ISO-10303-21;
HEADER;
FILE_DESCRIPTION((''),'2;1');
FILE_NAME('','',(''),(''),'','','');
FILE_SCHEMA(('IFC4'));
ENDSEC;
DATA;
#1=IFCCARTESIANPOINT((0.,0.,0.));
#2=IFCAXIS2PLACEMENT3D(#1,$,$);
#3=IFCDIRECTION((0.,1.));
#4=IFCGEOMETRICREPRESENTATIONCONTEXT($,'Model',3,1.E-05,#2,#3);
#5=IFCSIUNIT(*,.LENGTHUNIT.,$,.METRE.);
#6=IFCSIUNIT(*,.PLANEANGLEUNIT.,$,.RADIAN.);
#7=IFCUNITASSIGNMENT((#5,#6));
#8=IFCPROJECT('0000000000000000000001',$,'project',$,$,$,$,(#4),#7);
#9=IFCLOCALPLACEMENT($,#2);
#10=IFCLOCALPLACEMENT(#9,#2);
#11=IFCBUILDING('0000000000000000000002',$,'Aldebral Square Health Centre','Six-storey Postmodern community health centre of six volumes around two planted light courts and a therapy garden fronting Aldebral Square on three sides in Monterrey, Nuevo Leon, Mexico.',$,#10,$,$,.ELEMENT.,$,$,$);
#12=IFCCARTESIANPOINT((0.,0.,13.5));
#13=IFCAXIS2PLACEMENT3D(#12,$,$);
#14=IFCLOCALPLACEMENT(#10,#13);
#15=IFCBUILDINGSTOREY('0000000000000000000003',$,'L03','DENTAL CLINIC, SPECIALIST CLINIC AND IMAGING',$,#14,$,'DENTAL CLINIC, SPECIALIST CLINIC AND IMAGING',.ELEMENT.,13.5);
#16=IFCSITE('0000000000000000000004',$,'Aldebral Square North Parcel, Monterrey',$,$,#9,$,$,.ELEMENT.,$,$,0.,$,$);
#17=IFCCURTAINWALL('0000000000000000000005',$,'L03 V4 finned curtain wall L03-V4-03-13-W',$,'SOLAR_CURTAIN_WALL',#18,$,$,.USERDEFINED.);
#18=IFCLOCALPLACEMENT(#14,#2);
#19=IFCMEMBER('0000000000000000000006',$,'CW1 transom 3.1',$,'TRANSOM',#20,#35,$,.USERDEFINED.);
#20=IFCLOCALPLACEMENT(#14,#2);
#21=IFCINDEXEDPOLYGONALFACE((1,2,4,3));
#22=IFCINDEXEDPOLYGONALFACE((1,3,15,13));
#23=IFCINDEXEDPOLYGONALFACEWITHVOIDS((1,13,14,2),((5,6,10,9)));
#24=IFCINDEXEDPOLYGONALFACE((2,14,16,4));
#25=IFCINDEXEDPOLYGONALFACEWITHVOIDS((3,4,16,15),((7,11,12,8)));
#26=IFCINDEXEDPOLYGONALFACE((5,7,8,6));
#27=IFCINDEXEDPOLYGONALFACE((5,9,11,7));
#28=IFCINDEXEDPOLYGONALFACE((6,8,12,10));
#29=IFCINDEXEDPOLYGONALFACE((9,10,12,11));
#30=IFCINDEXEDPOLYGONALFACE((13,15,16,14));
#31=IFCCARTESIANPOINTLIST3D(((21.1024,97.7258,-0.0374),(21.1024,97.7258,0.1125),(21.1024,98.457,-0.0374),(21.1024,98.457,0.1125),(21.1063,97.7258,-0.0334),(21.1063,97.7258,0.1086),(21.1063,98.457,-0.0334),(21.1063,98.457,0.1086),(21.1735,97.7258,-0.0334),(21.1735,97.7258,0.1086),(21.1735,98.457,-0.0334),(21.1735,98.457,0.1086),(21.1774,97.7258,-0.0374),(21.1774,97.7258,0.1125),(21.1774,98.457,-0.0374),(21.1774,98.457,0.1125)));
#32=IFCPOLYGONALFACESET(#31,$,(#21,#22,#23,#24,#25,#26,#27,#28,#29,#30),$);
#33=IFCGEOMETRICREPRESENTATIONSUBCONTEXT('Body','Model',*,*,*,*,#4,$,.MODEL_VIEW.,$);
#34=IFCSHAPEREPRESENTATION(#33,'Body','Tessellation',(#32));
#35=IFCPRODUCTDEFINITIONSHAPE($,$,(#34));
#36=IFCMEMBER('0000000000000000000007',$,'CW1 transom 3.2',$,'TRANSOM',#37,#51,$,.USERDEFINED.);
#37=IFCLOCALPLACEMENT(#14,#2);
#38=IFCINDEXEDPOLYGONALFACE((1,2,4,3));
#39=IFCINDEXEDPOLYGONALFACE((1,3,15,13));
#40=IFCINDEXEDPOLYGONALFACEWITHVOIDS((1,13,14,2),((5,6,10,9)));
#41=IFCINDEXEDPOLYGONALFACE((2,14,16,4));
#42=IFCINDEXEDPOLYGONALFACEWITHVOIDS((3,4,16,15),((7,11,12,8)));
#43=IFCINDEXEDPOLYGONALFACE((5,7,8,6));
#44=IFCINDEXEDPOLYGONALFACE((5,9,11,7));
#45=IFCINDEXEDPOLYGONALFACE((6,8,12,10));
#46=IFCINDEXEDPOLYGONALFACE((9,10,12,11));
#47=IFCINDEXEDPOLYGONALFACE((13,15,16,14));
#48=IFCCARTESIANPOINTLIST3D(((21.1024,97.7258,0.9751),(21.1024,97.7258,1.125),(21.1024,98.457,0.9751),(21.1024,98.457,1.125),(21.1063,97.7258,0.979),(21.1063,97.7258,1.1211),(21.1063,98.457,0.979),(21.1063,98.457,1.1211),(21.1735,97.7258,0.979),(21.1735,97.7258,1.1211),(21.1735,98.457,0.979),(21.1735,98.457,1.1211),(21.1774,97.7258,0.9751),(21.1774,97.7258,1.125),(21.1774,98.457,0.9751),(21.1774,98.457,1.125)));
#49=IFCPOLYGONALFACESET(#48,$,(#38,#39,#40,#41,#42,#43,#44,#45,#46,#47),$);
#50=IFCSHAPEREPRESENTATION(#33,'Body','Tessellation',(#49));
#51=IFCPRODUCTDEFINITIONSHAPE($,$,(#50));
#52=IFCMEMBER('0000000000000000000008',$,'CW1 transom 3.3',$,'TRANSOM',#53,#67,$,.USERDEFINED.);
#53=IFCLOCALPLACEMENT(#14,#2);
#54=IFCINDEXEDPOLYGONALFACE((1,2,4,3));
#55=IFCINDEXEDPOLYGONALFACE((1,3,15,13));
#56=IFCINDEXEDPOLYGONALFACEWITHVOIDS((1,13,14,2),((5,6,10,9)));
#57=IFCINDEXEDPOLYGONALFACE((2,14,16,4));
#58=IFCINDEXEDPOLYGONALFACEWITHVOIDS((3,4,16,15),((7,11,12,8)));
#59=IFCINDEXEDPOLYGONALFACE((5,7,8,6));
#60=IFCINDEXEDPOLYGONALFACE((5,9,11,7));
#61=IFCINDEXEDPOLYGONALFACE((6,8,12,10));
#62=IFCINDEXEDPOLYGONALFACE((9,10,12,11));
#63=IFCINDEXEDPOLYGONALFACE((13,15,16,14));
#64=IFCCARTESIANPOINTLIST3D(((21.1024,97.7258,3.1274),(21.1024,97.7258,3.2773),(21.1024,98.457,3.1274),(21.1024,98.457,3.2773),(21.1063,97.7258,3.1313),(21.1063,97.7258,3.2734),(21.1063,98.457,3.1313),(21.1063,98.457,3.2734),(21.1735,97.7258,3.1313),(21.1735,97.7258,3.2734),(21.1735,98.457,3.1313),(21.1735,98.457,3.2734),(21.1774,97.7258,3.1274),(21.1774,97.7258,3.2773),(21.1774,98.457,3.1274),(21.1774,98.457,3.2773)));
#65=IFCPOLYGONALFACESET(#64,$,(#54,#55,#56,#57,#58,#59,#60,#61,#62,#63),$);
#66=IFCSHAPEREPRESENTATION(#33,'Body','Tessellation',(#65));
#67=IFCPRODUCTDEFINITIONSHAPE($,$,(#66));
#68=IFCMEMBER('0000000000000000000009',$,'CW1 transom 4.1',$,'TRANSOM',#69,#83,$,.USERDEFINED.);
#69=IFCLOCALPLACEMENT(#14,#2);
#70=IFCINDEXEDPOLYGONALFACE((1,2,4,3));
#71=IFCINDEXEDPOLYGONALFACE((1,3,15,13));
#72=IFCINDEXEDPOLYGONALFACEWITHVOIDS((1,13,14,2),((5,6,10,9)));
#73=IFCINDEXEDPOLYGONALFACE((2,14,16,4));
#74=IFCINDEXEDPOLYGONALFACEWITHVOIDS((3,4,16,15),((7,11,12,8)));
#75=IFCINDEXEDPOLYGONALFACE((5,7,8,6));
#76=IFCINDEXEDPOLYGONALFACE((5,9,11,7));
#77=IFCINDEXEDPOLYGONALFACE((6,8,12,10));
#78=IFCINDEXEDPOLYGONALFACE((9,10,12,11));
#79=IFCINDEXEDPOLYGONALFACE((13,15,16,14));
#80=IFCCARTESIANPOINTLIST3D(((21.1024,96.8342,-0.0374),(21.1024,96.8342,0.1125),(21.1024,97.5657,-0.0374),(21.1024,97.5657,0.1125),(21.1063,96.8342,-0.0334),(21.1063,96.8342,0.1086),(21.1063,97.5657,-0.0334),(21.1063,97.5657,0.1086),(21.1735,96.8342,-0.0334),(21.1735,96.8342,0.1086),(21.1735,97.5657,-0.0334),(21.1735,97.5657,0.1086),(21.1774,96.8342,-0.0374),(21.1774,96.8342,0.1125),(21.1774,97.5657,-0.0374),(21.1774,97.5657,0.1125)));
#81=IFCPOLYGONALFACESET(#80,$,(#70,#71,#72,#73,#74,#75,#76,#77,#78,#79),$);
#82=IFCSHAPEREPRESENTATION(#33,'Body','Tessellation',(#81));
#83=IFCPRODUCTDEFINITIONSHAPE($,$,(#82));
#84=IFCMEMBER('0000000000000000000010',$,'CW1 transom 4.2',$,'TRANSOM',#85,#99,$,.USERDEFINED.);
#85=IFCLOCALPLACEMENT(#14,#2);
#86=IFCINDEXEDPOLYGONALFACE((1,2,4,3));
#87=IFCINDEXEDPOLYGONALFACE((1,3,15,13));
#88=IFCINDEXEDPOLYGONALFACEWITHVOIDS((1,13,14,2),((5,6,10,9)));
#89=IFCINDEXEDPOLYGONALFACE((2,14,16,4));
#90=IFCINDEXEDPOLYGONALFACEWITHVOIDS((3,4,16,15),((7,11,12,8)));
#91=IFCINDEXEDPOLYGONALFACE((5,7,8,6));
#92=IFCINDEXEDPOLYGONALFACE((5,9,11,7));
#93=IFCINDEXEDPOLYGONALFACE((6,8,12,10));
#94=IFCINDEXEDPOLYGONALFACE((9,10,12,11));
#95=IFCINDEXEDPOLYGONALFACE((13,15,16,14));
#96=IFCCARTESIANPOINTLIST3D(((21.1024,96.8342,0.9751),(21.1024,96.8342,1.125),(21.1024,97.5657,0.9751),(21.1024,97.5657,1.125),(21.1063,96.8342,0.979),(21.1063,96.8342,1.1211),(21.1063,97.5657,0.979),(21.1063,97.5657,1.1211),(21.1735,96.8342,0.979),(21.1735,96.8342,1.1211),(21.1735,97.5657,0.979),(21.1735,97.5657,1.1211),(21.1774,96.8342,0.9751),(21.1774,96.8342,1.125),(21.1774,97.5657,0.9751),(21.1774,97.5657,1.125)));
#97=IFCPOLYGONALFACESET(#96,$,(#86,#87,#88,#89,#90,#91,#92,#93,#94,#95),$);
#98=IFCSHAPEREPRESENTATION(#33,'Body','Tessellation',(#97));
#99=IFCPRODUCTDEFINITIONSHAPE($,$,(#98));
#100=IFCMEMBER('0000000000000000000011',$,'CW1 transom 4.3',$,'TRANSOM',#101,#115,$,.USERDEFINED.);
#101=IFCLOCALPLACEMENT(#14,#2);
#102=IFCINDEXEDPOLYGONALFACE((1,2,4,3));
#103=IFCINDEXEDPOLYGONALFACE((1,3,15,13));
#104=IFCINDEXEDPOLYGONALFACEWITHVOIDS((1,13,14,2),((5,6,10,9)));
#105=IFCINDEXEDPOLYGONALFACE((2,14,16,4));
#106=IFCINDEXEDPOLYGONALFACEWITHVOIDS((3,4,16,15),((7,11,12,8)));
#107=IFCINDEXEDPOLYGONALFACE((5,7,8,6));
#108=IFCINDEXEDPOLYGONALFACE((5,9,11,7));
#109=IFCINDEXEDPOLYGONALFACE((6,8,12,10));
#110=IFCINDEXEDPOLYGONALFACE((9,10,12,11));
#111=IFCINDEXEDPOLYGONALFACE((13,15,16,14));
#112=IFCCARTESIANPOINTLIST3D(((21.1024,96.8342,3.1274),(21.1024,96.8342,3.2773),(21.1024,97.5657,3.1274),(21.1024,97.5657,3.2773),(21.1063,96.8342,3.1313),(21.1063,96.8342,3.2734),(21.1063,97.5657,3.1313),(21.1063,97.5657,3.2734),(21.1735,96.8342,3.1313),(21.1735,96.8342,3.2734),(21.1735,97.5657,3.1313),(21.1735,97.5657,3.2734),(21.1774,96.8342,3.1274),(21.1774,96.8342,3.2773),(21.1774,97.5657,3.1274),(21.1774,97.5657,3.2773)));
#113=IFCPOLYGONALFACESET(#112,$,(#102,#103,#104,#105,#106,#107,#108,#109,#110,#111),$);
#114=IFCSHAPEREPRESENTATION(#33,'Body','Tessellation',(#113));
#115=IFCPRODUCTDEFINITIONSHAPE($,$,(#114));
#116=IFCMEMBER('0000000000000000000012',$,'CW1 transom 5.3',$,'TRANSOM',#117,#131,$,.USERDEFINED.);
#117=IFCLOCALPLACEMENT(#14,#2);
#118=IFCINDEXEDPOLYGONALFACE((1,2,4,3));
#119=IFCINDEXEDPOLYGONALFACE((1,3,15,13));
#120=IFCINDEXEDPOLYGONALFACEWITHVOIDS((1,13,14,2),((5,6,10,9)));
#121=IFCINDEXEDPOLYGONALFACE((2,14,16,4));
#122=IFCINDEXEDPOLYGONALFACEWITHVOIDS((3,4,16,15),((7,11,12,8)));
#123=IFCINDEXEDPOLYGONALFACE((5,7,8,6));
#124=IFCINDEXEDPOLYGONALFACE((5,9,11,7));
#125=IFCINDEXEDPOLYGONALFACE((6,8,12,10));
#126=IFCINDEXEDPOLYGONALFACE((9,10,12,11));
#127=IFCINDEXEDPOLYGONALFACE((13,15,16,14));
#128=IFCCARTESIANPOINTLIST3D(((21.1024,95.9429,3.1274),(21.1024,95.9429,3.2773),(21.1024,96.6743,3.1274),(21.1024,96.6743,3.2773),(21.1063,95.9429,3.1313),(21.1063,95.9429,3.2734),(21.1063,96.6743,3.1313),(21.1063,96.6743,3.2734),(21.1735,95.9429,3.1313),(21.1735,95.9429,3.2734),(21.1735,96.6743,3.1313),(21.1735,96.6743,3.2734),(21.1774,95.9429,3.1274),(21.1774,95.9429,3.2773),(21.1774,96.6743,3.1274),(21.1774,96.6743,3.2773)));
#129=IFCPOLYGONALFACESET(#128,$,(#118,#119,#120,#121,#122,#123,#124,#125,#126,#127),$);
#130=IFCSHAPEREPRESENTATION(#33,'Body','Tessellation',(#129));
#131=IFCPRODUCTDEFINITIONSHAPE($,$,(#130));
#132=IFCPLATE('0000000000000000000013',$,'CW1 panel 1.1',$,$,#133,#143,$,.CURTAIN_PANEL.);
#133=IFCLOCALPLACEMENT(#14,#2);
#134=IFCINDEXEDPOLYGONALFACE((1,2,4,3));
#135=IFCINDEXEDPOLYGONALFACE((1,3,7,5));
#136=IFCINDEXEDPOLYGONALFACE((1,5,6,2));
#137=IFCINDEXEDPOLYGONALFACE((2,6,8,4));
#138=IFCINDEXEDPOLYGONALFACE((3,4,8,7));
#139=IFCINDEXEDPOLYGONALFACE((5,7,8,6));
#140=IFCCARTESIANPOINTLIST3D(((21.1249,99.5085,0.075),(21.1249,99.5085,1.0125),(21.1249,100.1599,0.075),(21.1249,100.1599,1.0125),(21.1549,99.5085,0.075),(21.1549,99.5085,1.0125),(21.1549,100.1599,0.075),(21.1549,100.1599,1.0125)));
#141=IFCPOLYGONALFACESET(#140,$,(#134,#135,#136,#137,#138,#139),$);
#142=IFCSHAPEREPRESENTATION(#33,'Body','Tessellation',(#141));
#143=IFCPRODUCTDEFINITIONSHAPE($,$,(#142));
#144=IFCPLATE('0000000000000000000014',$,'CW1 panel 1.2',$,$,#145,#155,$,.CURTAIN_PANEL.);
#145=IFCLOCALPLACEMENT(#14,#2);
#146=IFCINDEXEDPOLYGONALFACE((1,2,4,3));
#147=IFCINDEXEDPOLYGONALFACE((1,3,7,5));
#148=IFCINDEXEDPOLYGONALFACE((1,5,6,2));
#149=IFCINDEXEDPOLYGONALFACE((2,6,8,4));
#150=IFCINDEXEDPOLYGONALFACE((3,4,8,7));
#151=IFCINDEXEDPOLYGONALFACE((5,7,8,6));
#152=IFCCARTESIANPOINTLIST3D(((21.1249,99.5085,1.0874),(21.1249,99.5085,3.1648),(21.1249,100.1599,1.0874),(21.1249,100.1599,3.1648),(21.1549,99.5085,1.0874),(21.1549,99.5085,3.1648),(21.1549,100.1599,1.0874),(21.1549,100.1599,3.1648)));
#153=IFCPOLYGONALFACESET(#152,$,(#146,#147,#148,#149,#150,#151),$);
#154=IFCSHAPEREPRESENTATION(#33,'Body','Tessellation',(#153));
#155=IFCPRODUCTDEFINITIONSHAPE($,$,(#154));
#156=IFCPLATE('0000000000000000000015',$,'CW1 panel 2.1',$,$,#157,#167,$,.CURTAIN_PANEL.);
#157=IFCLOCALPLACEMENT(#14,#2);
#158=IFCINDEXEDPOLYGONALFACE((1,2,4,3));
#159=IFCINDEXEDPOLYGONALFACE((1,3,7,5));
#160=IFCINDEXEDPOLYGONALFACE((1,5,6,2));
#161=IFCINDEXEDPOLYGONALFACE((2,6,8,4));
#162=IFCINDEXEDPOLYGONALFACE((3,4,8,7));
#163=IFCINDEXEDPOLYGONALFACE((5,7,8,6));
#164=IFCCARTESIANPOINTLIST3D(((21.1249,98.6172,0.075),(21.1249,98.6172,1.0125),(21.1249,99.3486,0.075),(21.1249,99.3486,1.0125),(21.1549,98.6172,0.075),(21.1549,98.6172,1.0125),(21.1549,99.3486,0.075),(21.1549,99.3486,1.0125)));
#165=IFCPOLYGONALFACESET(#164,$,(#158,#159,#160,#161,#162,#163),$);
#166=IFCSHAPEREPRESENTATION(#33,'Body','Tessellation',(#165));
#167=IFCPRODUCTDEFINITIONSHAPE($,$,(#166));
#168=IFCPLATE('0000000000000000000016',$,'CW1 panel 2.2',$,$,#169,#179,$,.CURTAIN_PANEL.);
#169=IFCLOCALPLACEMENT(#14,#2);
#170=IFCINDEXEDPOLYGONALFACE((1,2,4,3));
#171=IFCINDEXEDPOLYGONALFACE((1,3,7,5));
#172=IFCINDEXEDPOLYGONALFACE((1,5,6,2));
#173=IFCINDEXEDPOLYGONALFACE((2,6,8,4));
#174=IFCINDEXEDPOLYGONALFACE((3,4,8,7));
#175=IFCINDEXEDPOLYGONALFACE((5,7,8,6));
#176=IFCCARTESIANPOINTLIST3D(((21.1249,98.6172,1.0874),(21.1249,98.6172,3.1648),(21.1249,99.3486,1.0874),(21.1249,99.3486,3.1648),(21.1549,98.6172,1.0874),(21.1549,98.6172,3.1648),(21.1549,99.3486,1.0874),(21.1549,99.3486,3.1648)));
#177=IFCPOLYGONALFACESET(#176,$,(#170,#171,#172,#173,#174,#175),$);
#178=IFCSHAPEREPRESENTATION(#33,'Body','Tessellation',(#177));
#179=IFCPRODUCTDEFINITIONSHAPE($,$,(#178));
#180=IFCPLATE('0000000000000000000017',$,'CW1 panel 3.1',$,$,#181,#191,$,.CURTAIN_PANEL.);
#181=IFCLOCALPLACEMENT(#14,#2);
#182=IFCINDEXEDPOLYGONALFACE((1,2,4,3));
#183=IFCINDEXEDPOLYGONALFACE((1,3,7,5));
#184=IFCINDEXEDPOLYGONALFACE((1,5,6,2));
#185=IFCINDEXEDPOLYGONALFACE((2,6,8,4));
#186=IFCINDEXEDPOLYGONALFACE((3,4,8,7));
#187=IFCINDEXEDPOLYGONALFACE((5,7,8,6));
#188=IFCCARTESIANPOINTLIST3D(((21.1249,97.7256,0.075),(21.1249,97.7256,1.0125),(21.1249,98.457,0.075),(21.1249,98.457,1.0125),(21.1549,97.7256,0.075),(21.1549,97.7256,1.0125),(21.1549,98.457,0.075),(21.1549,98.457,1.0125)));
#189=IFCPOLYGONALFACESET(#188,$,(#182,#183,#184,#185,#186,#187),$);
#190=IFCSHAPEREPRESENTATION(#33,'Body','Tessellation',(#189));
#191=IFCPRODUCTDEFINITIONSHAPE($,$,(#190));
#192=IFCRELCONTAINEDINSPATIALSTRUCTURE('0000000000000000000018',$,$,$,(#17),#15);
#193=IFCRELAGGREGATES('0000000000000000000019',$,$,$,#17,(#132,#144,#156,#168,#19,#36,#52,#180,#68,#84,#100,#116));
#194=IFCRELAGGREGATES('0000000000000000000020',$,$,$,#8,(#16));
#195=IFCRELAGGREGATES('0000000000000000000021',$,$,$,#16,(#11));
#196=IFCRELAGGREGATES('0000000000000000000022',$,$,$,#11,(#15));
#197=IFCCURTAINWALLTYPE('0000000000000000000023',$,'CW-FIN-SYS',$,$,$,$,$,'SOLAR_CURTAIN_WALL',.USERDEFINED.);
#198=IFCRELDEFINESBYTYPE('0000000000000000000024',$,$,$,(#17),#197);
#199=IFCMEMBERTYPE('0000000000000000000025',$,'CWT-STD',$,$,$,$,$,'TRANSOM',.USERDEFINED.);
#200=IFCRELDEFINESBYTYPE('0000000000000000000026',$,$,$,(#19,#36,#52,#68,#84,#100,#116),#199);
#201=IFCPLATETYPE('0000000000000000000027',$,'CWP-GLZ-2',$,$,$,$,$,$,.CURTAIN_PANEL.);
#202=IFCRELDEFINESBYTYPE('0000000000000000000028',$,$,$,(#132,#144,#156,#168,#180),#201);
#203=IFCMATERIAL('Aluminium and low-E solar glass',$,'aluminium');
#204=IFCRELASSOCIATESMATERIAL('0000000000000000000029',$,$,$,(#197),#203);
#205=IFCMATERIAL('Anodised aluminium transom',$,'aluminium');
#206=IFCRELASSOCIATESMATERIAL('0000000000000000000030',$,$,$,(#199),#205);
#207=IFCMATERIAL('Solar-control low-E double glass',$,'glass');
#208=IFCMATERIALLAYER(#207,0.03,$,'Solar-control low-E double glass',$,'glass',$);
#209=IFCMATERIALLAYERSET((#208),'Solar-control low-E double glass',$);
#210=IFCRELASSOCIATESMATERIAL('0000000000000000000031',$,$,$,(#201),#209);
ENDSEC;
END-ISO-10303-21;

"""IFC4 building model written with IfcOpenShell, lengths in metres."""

from ifc_helpers import new_model, si_unit, direction, frame, origin, origin_2d, place, context, subcontext, project, spatial, rectangle, hollow_rectangle, extrude, material, layer, layer_set, material_profile, profile_set, type_object, element, aggregate, save


model = new_model("IFC4")

# Units and contexts
model_context = context("Model", 3, precision=1e-05, world=origin(), true_north=direction((0.0, 1.0)))
body_context = subcontext(model_context, "Body", "Model", "MODEL_VIEW")
ifc_project = project(units=[si_unit("LENGTHUNIT", "METRE"), si_unit("PLANEANGLEUNIT", "RADIAN")], contexts=[model_context])

# Site, building, storey
site_placement = place(None, origin())
site = spatial("IfcSite", under=ifc_project, at=site_placement, Name="Aldebral Square North Parcel, Monterrey", CompositionType="ELEMENT", RefElevation=0.0)
building_placement = place(site_placement, origin())
building = spatial("IfcBuilding", under=site, at=building_placement, Name="Aldebral Square Health Centre", Description="Six-storey Postmodern community health centre of six volumes around two planted light courts and a therapy garden fronting Aldebral Square on three sides in Monterrey, Nuevo Leon, Mexico.", CompositionType="ELEMENT")
storey_placement = place(building_placement, frame((0.0, 0.0, 13.5)))
storey = spatial("IfcBuildingStorey", under=building, at=storey_placement, Name="L03", Description="DENTAL CLINIC, SPECIALIST CLINIC AND IMAGING", LongName="DENTAL CLINIC, SPECIALIST CLINIC AND IMAGING", CompositionType="ELEMENT", Elevation=13.5)

# Curtain wall, members, plates
ifc_material_1 = material(Name="Aluminium and low-E solar glass", Category="aluminium")
curtain_wall_type = type_object("IfcCurtainWallType", Name="CW-FIN-SYS", ElementType="SOLAR_CURTAIN_WALL", PredefinedType="USERDEFINED", material=ifc_material_1)
curtain_wall_placement = place(storey_placement, origin())
curtain_wall = element("IfcCurtainWall", 1, at=curtain_wall_placement, inside=storey, type_object=curtain_wall_type, Name="L03 V4 finned curtain wall L03-V4-03-13-W", ObjectType="SOLAR_CURTAIN_WALL", PredefinedType="USERDEFINED")
ifc_material_2 = material(Name="Anodised aluminium transom", Category="aluminium")
ifc_material_profile_1 = material_profile(ifc_material_2, hollow_rectangle(XDim=0.075, YDim=0.1499, WallThickness=0.0039, at=origin_2d()), Name="CWT 75x150x4")
ifc_profile_set_1 = profile_set([ifc_material_profile_1], Name="Anodised aluminium transom")
member_type_1 = type_object("IfcMemberType", Name="CWT-STD", ElementType="TRANSOM", PredefinedType="USERDEFINED", material=ifc_profile_set_1)
member_1_placement = place(storey_placement, frame((21.1399, 98.457, 0.0376), z_axis=(0.0, -1.0, 0.0), x_axis=(1.0, 0.0, 0.0)))
member_1 = element("IfcMember", 2, at=member_1_placement, type_object=member_type_1, Name="CW1 transom 3.1", ObjectType="TRANSOM", PredefinedType="USERDEFINED", context=body_context, shape_type="SweptSolid", body=[
    extrude(hollow_rectangle(XDim=0.075, YDim=0.1499, WallThickness=0.0039, at=origin_2d()), origin(), (0.0, 0.0, 1.0), 0.7312),
])
member_2_placement = place(storey_placement, frame((21.1399, 98.457, 1.05), z_axis=(0.0, -1.0, 0.0), x_axis=(1.0, 0.0, 0.0)))
member_2 = element("IfcMember", 3, at=member_2_placement, type_object=member_type_1, Name="CW1 transom 3.2", ObjectType="TRANSOM", PredefinedType="USERDEFINED", context=body_context, shape_type="SweptSolid", body=[
    extrude(hollow_rectangle(XDim=0.075, YDim=0.1499, WallThickness=0.0039, at=origin_2d()), origin(), (0.0, 0.0, 1.0), 0.7312),
])
member_3_placement = place(storey_placement, frame((21.1399, 98.457, 3.2024), z_axis=(0.0, -1.0, 0.0), x_axis=(1.0, 0.0, 0.0)))
member_3 = element("IfcMember", 4, at=member_3_placement, type_object=member_type_1, Name="CW1 transom 3.3", ObjectType="TRANSOM", PredefinedType="USERDEFINED", context=body_context, shape_type="SweptSolid", body=[
    extrude(hollow_rectangle(XDim=0.075, YDim=0.1499, WallThickness=0.0039, at=origin_2d()), origin(), (0.0, 0.0, 1.0), 0.7312),
])
member_4_placement = place(storey_placement, frame((21.1399, 97.5657, 0.0376), z_axis=(0.0, -1.0, 0.0), x_axis=(1.0, 0.0, 0.0)))
member_4 = element("IfcMember", 5, at=member_4_placement, type_object=member_type_1, Name="CW1 transom 4.1", ObjectType="TRANSOM", PredefinedType="USERDEFINED", context=body_context, shape_type="SweptSolid", body=[
    extrude(hollow_rectangle(XDim=0.075, YDim=0.1499, WallThickness=0.0039, at=origin_2d()), origin(), (0.0, 0.0, 1.0), 0.7314),
])
member_5_placement = place(storey_placement, frame((21.1399, 97.5657, 1.05), z_axis=(0.0, -1.0, 0.0), x_axis=(1.0, 0.0, 0.0)))
member_5 = element("IfcMember", 6, at=member_5_placement, type_object=member_type_1, Name="CW1 transom 4.2", ObjectType="TRANSOM", PredefinedType="USERDEFINED", context=body_context, shape_type="SweptSolid", body=[
    extrude(hollow_rectangle(XDim=0.075, YDim=0.1499, WallThickness=0.0039, at=origin_2d()), origin(), (0.0, 0.0, 1.0), 0.7314),
])
member_6_placement = place(storey_placement, frame((21.1399, 97.5657, 3.2024), z_axis=(0.0, -1.0, 0.0), x_axis=(1.0, 0.0, 0.0)))
member_6 = element("IfcMember", 7, at=member_6_placement, type_object=member_type_1, Name="CW1 transom 4.3", ObjectType="TRANSOM", PredefinedType="USERDEFINED", context=body_context, shape_type="SweptSolid", body=[
    extrude(hollow_rectangle(XDim=0.075, YDim=0.1499, WallThickness=0.0039, at=origin_2d()), origin(), (0.0, 0.0, 1.0), 0.7314),
])
member_7_placement = place(storey_placement, frame((21.1399, 96.6743, 3.2024), z_axis=(0.0, -1.0, 0.0), x_axis=(1.0, 0.0, 0.0)))
member_7 = element("IfcMember", 8, at=member_7_placement, type_object=member_type_1, Name="CW1 transom 5.3", ObjectType="TRANSOM", PredefinedType="USERDEFINED", context=body_context, shape_type="SweptSolid", body=[
    extrude(hollow_rectangle(XDim=0.075, YDim=0.1499, WallThickness=0.0039, at=origin_2d()), origin(), (0.0, 0.0, 1.0), 0.7314),
])
ifc_material_3 = material(Name="Solar-control low-E double glass", Category="glass")
ifc_layer = layer(ifc_material_3, 0.03, Name="Solar-control low-E double glass", Category="glass")
ifc_layer_set = layer_set([ifc_layer], Name="Solar-control low-E double glass")
plate_type = type_object("IfcPlateType", Name="CWP-GLZ-2", PredefinedType="CURTAIN_PANEL", material=ifc_layer_set)
plate_1_placement = place(storey_placement, frame((21.1399, 99.8342, 0.075), z_axis=(0.0, 0.0, 1.0), x_axis=(0.0, -1.0, 0.0)))
plate_1 = element("IfcPlate", 9, at=plate_1_placement, type_object=plate_type, Name="CW1 panel 1.1", PredefinedType="CURTAIN_PANEL", context=body_context, shape_type="SweptSolid", body=[
    extrude(rectangle(XDim=0.6514, YDim=0.03, at=origin_2d()), origin(), (0.0, 0.0, 1.0), 0.9375),
])
plate_2_placement = place(storey_placement, frame((21.1399, 99.8342, 1.0874), z_axis=(0.0, 0.0, 1.0), x_axis=(0.0, -1.0, 0.0)))
plate_2 = element("IfcPlate", 10, at=plate_2_placement, type_object=plate_type, Name="CW1 panel 1.2", PredefinedType="CURTAIN_PANEL", context=body_context, shape_type="SweptSolid", body=[
    extrude(rectangle(XDim=0.6514, YDim=0.03, at=origin_2d()), origin(), (0.0, 0.0, 1.0), 2.0774),
])
plate_3_placement = place(storey_placement, frame((21.1399, 98.9829, 0.075), z_axis=(0.0, 0.0, 1.0), x_axis=(0.0, -1.0, 0.0)))
plate_3 = element("IfcPlate", 11, at=plate_3_placement, type_object=plate_type, Name="CW1 panel 2.1", PredefinedType="CURTAIN_PANEL", context=body_context, shape_type="SweptSolid", body=[
    extrude(rectangle(XDim=0.7314, YDim=0.03, at=origin_2d()), origin(), (0.0, 0.0, 1.0), 0.9375),
])
plate_4_placement = place(storey_placement, frame((21.1399, 98.9829, 1.0874), z_axis=(0.0, 0.0, 1.0), x_axis=(0.0, -1.0, 0.0)))
plate_4 = element("IfcPlate", 12, at=plate_4_placement, type_object=plate_type, Name="CW1 panel 2.2", PredefinedType="CURTAIN_PANEL", context=body_context, shape_type="SweptSolid", body=[
    extrude(rectangle(XDim=0.7314, YDim=0.03, at=origin_2d()), origin(), (0.0, 0.0, 1.0), 2.0774),
])
plate_5_placement = place(storey_placement, frame((21.1399, 98.0913, 0.075), z_axis=(0.0, 0.0, 1.0), x_axis=(0.0, -1.0, 0.0)))
plate_5 = element("IfcPlate", 13, at=plate_5_placement, type_object=plate_type, Name="CW1 panel 3.1", PredefinedType="CURTAIN_PANEL", context=body_context, shape_type="SweptSolid", body=[
    extrude(rectangle(XDim=0.7314, YDim=0.03, at=origin_2d()), origin(), (0.0, 0.0, 1.0), 0.9375),
])
aggregate(curtain_wall, [plate_1, plate_2, plate_3, plate_4, member_1, member_2, member_3, plate_5, member_4, member_5, member_6, member_7])

save(model, "model.ifc")
